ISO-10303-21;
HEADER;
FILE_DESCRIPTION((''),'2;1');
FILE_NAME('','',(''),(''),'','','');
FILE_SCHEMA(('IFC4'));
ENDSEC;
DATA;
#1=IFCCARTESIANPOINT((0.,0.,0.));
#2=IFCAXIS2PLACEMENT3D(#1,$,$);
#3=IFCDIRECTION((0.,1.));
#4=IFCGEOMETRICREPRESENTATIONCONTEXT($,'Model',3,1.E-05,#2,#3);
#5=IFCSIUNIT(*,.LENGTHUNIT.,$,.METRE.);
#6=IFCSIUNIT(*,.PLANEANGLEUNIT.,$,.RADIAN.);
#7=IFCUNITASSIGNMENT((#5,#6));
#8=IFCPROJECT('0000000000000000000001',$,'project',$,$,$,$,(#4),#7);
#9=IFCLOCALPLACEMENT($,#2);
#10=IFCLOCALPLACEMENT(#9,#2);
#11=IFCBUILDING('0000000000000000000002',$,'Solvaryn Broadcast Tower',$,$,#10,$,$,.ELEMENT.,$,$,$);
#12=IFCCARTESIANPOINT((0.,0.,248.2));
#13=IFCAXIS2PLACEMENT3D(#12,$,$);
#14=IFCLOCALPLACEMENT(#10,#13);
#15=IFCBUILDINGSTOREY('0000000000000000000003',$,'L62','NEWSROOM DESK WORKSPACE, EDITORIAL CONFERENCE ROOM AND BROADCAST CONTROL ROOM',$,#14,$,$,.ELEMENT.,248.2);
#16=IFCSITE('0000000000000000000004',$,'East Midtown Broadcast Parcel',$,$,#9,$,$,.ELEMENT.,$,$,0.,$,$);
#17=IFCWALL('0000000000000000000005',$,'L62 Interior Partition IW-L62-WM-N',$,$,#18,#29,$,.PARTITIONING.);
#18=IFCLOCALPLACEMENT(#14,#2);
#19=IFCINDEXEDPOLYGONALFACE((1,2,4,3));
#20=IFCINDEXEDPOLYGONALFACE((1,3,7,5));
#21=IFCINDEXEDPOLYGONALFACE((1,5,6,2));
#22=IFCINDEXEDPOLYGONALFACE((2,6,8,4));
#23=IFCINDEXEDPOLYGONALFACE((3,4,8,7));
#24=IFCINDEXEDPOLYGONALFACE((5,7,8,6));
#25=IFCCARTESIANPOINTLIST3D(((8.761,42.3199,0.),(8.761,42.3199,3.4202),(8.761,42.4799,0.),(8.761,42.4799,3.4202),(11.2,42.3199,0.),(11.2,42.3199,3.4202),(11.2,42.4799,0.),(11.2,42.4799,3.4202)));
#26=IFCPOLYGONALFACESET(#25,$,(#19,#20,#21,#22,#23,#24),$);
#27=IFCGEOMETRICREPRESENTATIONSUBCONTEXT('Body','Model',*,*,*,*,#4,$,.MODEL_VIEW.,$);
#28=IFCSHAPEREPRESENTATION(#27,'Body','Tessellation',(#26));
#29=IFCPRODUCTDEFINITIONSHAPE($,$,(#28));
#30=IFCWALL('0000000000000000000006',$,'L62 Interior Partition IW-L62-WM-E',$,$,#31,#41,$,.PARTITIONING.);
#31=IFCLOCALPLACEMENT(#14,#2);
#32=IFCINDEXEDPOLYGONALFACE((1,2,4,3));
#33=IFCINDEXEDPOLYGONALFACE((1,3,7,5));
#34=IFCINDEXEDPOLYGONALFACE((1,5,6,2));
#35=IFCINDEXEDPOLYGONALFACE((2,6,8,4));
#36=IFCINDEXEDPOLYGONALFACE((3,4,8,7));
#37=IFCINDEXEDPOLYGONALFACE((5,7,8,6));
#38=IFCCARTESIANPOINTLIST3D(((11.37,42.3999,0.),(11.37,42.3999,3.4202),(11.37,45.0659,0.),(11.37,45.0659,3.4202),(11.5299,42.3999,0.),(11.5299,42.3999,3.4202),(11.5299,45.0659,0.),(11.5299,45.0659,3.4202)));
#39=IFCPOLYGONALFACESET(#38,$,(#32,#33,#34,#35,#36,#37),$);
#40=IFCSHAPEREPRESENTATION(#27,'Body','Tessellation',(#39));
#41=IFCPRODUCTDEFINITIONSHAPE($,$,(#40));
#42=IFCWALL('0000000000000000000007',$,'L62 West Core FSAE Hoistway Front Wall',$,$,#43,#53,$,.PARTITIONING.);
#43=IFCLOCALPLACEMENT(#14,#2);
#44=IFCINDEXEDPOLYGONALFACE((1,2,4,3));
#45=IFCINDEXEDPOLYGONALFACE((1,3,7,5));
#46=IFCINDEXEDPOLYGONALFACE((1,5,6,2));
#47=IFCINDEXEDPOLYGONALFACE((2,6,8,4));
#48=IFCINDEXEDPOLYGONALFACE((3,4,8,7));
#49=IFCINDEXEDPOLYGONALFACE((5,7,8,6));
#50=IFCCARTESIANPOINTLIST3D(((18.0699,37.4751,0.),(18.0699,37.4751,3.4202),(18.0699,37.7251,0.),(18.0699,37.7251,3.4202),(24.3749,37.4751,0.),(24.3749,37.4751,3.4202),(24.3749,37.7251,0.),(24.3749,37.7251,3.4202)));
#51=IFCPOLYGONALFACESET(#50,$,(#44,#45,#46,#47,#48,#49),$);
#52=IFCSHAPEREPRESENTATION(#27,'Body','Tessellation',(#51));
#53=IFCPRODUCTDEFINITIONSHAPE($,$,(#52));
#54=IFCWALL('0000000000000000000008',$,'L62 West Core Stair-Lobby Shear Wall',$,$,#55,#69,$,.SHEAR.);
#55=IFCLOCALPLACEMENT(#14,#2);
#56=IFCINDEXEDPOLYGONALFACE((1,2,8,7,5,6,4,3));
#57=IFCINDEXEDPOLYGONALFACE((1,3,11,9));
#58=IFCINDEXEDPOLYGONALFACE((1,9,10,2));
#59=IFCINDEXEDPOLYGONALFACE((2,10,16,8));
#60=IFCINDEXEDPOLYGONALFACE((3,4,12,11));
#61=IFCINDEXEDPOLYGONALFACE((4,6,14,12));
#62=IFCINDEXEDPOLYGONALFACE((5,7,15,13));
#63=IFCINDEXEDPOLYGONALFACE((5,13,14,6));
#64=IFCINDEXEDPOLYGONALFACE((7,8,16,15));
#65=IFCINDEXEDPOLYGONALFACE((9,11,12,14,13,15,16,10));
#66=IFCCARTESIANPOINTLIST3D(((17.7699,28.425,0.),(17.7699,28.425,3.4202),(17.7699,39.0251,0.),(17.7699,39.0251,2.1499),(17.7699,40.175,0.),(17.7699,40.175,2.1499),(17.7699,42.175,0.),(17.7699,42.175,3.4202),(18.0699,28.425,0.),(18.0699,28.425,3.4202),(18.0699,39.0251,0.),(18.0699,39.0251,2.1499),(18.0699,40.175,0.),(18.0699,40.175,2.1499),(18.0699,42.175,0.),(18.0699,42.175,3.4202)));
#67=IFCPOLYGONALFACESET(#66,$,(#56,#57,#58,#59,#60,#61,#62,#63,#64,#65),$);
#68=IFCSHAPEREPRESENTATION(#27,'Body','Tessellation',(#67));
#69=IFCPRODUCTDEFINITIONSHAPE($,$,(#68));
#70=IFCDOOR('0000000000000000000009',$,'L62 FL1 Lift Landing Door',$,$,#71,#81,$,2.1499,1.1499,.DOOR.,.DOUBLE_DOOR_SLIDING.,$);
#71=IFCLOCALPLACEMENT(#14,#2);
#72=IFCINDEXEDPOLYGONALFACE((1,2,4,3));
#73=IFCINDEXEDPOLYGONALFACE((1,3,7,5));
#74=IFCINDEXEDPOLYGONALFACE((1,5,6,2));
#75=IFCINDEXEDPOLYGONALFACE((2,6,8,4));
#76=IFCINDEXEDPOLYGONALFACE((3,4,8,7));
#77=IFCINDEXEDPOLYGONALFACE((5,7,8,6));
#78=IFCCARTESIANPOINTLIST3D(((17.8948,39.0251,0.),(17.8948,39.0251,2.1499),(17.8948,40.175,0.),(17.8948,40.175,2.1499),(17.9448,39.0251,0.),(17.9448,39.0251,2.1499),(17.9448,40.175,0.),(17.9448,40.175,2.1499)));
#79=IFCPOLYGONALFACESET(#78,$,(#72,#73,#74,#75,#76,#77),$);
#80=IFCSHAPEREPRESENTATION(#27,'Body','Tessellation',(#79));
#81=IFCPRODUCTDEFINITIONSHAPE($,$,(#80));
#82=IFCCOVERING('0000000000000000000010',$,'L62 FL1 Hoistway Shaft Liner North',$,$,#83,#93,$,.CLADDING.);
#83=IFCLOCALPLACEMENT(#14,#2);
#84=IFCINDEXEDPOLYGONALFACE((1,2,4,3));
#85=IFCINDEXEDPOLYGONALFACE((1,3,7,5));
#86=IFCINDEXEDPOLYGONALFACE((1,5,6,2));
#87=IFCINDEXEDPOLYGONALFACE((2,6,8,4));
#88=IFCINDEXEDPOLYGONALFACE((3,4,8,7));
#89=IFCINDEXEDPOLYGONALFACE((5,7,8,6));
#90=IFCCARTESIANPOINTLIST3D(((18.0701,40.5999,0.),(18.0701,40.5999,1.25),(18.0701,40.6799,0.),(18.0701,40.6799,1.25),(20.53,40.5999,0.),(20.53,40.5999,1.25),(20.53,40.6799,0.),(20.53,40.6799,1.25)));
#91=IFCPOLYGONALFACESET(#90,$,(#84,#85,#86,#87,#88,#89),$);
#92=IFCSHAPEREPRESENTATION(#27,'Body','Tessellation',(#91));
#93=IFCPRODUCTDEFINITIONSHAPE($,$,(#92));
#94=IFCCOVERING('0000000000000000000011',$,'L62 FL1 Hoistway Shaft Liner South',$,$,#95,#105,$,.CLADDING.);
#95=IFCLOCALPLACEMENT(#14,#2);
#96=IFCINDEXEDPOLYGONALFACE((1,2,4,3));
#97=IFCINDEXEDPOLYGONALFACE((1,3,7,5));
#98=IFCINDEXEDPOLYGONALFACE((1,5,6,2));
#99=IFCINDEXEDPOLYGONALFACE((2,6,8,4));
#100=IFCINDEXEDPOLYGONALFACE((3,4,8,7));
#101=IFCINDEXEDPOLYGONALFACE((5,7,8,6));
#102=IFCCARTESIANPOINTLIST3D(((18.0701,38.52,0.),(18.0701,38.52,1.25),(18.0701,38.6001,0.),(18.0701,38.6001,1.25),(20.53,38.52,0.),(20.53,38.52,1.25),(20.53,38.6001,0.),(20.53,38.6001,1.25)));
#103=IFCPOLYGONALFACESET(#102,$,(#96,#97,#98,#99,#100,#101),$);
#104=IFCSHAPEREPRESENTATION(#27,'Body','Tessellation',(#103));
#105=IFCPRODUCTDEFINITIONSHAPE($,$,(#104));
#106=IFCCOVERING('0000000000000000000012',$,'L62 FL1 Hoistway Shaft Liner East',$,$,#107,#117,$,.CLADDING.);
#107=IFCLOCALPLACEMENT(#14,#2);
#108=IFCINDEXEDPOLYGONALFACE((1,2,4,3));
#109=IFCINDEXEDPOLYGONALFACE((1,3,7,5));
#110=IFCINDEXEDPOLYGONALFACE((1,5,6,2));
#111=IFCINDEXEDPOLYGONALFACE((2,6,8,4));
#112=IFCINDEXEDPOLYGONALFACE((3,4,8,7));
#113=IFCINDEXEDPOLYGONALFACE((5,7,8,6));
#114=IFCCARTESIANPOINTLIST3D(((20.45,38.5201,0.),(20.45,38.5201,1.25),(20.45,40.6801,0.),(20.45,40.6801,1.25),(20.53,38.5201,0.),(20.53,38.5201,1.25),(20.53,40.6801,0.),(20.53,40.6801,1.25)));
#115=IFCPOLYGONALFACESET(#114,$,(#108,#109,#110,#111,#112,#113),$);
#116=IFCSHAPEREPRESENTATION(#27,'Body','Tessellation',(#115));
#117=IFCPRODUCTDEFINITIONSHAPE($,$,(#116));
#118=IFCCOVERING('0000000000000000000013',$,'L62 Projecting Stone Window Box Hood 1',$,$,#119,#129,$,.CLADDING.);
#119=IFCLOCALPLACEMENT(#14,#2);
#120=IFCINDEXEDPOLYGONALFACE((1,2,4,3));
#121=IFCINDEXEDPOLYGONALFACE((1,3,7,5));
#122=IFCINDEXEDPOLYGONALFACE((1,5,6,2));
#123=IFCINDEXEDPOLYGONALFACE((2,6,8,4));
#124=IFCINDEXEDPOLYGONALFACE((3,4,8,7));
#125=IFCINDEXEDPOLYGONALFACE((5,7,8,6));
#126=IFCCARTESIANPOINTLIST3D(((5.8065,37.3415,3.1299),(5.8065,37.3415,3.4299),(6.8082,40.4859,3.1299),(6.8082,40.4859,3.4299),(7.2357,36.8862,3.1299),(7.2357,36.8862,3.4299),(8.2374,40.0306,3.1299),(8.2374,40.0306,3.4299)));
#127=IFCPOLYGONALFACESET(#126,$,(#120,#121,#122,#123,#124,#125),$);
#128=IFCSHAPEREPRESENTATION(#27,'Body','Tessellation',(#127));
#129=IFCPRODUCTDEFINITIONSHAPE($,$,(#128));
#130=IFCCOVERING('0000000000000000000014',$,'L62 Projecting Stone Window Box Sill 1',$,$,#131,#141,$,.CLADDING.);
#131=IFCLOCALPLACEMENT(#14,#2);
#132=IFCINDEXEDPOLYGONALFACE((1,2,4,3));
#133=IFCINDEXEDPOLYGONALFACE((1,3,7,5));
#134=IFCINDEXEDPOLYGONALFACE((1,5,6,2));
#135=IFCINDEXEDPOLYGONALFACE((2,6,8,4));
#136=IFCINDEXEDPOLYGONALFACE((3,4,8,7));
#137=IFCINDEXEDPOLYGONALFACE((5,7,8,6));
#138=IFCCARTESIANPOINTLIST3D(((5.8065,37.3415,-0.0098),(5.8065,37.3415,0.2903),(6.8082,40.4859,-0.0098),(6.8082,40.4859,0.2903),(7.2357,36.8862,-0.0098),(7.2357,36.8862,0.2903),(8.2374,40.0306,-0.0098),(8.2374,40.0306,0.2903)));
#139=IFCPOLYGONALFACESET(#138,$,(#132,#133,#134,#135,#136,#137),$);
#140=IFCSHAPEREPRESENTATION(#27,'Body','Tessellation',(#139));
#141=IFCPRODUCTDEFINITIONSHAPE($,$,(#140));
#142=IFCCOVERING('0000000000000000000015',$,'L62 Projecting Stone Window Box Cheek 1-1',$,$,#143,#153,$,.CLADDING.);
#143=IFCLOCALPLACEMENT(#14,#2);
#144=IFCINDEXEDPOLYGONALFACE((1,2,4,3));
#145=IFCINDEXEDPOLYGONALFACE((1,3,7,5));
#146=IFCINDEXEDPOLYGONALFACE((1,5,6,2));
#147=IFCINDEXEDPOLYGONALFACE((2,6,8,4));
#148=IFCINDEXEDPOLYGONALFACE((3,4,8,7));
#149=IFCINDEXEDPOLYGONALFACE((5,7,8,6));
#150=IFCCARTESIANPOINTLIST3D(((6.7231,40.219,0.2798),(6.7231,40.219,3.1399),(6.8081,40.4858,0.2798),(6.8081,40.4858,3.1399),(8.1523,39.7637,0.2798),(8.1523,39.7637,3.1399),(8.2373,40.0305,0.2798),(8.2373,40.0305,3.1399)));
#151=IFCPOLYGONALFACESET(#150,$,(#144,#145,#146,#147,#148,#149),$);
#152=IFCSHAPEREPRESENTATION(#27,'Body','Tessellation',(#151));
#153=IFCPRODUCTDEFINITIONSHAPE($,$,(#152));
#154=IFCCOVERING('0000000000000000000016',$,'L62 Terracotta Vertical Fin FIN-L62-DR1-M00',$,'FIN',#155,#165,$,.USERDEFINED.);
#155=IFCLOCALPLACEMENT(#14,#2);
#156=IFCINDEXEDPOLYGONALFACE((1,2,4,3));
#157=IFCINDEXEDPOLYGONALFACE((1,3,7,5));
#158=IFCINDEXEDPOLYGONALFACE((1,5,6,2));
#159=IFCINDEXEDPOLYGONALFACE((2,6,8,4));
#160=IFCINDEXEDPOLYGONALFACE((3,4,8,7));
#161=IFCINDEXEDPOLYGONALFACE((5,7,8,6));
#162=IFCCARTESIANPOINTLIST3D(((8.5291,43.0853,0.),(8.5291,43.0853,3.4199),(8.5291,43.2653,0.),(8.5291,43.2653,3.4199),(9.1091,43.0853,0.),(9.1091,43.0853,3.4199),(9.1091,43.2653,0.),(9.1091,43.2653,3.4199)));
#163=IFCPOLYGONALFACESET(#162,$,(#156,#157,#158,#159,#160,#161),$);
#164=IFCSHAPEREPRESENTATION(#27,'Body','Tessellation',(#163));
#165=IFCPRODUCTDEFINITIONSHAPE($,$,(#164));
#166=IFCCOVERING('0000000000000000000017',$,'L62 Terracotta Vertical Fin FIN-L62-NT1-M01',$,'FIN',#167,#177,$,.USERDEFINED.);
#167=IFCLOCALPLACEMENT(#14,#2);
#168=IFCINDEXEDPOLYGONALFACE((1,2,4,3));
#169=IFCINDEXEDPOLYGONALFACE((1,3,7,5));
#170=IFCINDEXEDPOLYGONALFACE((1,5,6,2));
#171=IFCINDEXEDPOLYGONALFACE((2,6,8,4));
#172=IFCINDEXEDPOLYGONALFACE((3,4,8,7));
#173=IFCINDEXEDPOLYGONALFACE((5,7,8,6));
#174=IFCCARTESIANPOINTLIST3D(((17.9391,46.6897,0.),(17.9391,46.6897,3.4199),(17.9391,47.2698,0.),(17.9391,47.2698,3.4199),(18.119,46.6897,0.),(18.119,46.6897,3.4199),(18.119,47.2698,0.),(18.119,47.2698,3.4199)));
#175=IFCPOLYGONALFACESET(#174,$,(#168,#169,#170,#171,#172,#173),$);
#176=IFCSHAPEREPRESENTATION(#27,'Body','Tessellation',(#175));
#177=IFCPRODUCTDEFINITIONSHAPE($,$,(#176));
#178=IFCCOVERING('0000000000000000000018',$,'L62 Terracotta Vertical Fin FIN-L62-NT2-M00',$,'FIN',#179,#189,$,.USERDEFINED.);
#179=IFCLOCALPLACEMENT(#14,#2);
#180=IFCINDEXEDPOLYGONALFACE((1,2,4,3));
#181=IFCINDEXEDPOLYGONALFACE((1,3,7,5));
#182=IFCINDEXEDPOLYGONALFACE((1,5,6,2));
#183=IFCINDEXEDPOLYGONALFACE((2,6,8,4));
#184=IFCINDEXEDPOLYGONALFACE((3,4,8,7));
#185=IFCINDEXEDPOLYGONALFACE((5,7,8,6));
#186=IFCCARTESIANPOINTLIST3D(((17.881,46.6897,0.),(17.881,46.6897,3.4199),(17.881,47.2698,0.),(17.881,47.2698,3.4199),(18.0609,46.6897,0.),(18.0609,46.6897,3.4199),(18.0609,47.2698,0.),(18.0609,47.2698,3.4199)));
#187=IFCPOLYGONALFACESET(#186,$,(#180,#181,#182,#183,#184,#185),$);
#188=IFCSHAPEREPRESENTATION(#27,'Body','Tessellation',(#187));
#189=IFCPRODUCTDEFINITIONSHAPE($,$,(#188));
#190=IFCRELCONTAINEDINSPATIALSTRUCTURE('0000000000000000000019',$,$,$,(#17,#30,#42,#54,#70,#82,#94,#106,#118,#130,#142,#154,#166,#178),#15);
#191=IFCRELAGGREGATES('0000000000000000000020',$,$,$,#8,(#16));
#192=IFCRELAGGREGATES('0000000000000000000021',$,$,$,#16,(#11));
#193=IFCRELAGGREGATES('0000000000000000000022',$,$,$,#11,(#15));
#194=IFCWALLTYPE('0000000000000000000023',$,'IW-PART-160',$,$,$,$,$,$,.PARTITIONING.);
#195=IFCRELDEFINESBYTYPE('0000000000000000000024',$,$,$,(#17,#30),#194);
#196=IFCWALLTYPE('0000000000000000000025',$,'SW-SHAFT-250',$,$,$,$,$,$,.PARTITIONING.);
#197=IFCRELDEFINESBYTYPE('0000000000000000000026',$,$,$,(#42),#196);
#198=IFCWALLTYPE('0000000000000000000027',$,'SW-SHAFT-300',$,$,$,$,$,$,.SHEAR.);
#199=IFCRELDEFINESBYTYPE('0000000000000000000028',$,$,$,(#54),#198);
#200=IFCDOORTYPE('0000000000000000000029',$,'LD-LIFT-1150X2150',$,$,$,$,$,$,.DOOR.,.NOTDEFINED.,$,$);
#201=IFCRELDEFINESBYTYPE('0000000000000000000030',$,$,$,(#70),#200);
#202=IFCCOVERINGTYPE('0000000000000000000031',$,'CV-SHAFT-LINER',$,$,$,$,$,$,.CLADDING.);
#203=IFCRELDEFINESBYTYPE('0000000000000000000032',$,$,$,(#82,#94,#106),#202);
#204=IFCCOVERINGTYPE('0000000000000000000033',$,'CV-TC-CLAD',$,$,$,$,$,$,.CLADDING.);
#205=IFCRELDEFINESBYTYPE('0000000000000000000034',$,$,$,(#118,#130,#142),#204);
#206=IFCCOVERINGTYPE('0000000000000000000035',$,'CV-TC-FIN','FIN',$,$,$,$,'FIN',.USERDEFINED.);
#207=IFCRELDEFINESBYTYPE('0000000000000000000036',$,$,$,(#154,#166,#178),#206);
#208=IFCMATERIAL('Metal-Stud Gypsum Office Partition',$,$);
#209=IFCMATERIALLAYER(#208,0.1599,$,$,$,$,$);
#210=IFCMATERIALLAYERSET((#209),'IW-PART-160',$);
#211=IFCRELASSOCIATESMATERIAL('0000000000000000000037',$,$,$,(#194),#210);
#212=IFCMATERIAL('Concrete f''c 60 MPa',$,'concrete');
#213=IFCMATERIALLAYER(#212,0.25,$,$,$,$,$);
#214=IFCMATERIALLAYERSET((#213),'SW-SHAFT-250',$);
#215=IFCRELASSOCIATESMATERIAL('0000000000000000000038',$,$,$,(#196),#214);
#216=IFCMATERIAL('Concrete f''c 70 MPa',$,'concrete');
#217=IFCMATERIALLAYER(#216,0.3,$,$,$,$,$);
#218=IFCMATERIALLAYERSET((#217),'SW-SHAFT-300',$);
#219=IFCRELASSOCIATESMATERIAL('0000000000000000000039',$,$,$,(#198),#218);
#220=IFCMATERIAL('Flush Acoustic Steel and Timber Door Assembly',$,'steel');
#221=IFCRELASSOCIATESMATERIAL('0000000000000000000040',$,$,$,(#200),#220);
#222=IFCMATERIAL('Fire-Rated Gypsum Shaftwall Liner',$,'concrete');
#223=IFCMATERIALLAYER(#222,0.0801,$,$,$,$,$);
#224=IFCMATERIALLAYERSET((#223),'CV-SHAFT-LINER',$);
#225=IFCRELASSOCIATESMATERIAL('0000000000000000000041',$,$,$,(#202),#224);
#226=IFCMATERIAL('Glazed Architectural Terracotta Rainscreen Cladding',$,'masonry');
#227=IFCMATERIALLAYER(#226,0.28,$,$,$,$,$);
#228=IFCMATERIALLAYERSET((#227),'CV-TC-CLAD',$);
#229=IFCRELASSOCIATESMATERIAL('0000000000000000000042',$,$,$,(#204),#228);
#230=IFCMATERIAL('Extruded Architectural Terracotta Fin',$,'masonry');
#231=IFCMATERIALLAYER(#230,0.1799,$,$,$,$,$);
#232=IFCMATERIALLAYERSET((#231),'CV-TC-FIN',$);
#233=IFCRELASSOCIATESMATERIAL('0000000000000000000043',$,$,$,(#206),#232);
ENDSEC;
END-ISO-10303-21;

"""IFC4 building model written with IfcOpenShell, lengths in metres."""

from ifc_helpers import new_model, si_unit, direction, frame, frame_2d, origin, origin_2d, place, context, subcontext, project, spatial, rectangle, extrude, material, layer, layer_set, type_object, element, fill, save


model = new_model("IFC4")

# Units and contexts
model_context = context("Model", 3, precision=1e-05, world=origin(), true_north=direction((0.0, 1.0)))
body_context = subcontext(model_context, "Body", "Model", "MODEL_VIEW")
ifc_project = project(units=[si_unit("LENGTHUNIT", "METRE"), si_unit("PLANEANGLEUNIT", "RADIAN")], contexts=[model_context])

# Site, building, storey
site_placement = place(None, origin())
site = spatial("IfcSite", under=ifc_project, at=site_placement, Name="East Midtown Broadcast Parcel", CompositionType="ELEMENT", RefElevation=0.0)
building_placement = place(site_placement, origin())
building = spatial("IfcBuilding", under=site, at=building_placement, Name="Solvaryn Broadcast Tower", CompositionType="ELEMENT")
storey_placement = place(building_placement, frame((0.0, 0.0, 248.2)))
storey = spatial("IfcBuildingStorey", under=building, at=storey_placement, Name="L62", Description="NEWSROOM DESK WORKSPACE, EDITORIAL CONFERENCE ROOM AND BROADCAST CONTROL ROOM", CompositionType="ELEMENT", Elevation=248.2)

# Walls
ifc_material_1 = material(Name="Metal-Stud Gypsum Office Partition")
ifc_layer_1 = layer(ifc_material_1, 0.1599)
ifc_layer_set_1 = layer_set([ifc_layer_1], Name="IW-PART-160")
wall_type_1 = type_object("IfcWallType", Name="IW-PART-160", PredefinedType="PARTITIONING", material=ifc_layer_set_1)
wall_1_placement = place(storey_placement, frame((8.761, 42.3999, 0.0), z_axis=(0.0, 0.0, 1.0), x_axis=(1.0, 0.0, 0.0)))
element("IfcWall", 1, at=wall_1_placement, inside=storey, type_object=wall_type_1, Name="L62 Interior Partition IW-L62-WM-N", PredefinedType="PARTITIONING", context=body_context, shape_type="SweptSolid", body=[
    extrude(rectangle(XDim=2.439, YDim=0.1599, at=frame_2d((1.2195, 0.0))), origin(), (0.0, 0.0, 1.0), 3.4202),
])
wall_2_placement = place(storey_placement, frame((11.45, 42.3999, 0.0), z_axis=(0.0, 0.0, 1.0), x_axis=(0.0, 1.0, 0.0)))
element("IfcWall", 2, at=wall_2_placement, inside=storey, type_object=wall_type_1, Name="L62 Interior Partition IW-L62-WM-E", PredefinedType="PARTITIONING", context=body_context, shape_type="SweptSolid", body=[
    extrude(rectangle(XDim=2.666, YDim=0.1599, at=frame_2d((1.333, 0.0))), origin(), (0.0, 0.0, 1.0), 3.4202),
])
ifc_material_2 = material(Name="Concrete f'c 60 MPa", Category="concrete")
ifc_layer_2 = layer(ifc_material_2, 0.25)
ifc_layer_set_2 = layer_set([ifc_layer_2], Name="SW-SHAFT-250")
wall_type_2 = type_object("IfcWallType", Name="SW-SHAFT-250", PredefinedType="PARTITIONING", material=ifc_layer_set_2)
wall_3_placement = place(storey_placement, frame((18.0701, 37.6001, 0.0), z_axis=(0.0, 0.0, 1.0), x_axis=(1.0, 0.0, 0.0)))
element("IfcWall", 3, at=wall_3_placement, inside=storey, type_object=wall_type_2, Name="L62 West Core FSAE Hoistway Front Wall", PredefinedType="PARTITIONING", context=body_context, shape_type="SweptSolid", body=[
    extrude(rectangle(XDim=6.3049, YDim=0.25, at=frame_2d((3.1523, 0.0))), origin(), (0.0, 0.0, 1.0), 3.4202),
])

# Wall, opening, door
ifc_material_3 = material(Name="Concrete f'c 70 MPa", Category="concrete")
ifc_layer_3 = layer(ifc_material_3, 0.3)
ifc_layer_set_3 = layer_set([ifc_layer_3], Name="SW-SHAFT-300")
wall_type_3 = type_object("IfcWallType", Name="SW-SHAFT-300", PredefinedType="SHEAR", material=ifc_layer_set_3)
wall_4_placement = place(storey_placement, frame((17.9199, 42.175, 0.0), z_axis=(0.0, 0.0, 1.0), x_axis=(0.0, -1.0, 0.0)))
wall_4 = element("IfcWall", 4, at=wall_4_placement, inside=storey, type_object=wall_type_3, Name="L62 West Core Stair-Lobby Shear Wall", PredefinedType="SHEAR", context=body_context, shape_type="SweptSolid", body=[
    extrude(rectangle(XDim=13.75, YDim=0.3, at=frame_2d((6.875, 0.0))), origin(), (0.0, 0.0, 1.0), 3.4202),
])
opening_placement = place(wall_4_placement, frame((2.0, 0.0, 0.0)))
opening = element("IfcOpeningElement", 5, at=opening_placement, cuts=wall_4, PredefinedType="OPENING", context=body_context, shape_type="SweptSolid", body=[
    extrude(rectangle(XDim=1.1499, YDim=2.1499, at=frame_2d((0.575, 1.075))), frame((0.0, 0.1599, 0.0), z_axis=(0.0, -1.0, 0.0), x_axis=(1.0, 0.0, 0.0)), (0.0, 0.0, 1.0), 0.3201),
])
ifc_material_4 = material(Name="Flush Acoustic Steel and Timber Door Assembly", Category="steel")
door_type = type_object("IfcDoorType", Name="LD-LIFT-1150X2150", OperationType="NOTDEFINED", PredefinedType="DOOR", material=ifc_material_4)
door_placement = place(opening_placement, origin())
door = element("IfcDoor", 6, at=door_placement, inside=storey, type_object=door_type, Name="L62 FL1 Lift Landing Door", OperationType="DOUBLE_DOOR_SLIDING", OverallHeight=2.1499, OverallWidth=1.1499, PredefinedType="DOOR", context=body_context, shape_type="SweptSolid", body=[
    extrude(rectangle(XDim=1.1499, YDim=2.1499, at=frame_2d((0.575, 1.075))), frame((0.0, 0.0249, 0.0), z_axis=(0.0, -1.0, 0.0), x_axis=(1.0, 0.0, 0.0)), (0.0, 0.0, 1.0), 0.05),
])
fill(opening, door)

# Coverings
ifc_material_5 = material(Name="Fire-Rated Gypsum Shaftwall Liner", Category="concrete")
ifc_layer_4 = layer(ifc_material_5, 0.0801)
ifc_layer_set_4 = layer_set([ifc_layer_4], Name="CV-SHAFT-LINER")
covering_type_1 = type_object("IfcCoveringType", Name="CV-SHAFT-LINER", PredefinedType="CLADDING", material=ifc_layer_set_4)
for number, where, z_axis, x_axis, name in (
    (7, (19.3, 40.6399, 0.0), (0.0, 0.0, 1.0), (1.0, 0.0, 0.0), "L62 FL1 Hoistway Shaft Liner North"),
    (8, (19.3, 38.5601, 0.0), (0.0, 0.0, 1.0), (1.0, 0.0, 0.0), "L62 FL1 Hoistway Shaft Liner South"),
):
    element("IfcCovering", number, at=place(storey_placement, frame(where, z_axis=z_axis, x_axis=x_axis)), inside=storey, type_object=covering_type_1, Name=name, PredefinedType="CLADDING", context=body_context, shape_type="SweptSolid", body=[
        extrude(rectangle(XDim=2.46, YDim=0.0801, at=origin_2d()), origin(), (0.0, 0.0, 1.0), 1.25),
    ])
covering_1_placement = place(storey_placement, frame((20.49, 39.6001, 0.0), z_axis=(0.0, 0.0, 1.0), x_axis=(1.0, 0.0, 0.0)))
element("IfcCovering", 9, at=covering_1_placement, inside=storey, type_object=covering_type_1, Name="L62 FL1 Hoistway Shaft Liner East", PredefinedType="CLADDING", context=body_context, shape_type="SweptSolid", body=[
    extrude(rectangle(XDim=0.0801, YDim=2.1599, at=origin_2d()), origin(), (0.0, 0.0, 1.0), 1.25),
])
ifc_material_6 = material(Name="Glazed Architectural Terracotta Rainscreen Cladding", Category="masonry")
ifc_layer_5 = layer(ifc_material_6, 0.28)
ifc_layer_set_5 = layer_set([ifc_layer_5], Name="CV-TC-CLAD")
covering_type_2 = type_object("IfcCoveringType", Name="CV-TC-CLAD", PredefinedType="CLADDING", material=ifc_layer_set_5)
for number, where, z_axis, x_axis, name in (
    (10, (7.022, 38.686, 3.1299), (0.0, 0.0, 1.0), (-0.303534, -0.952821, 0.0), "L62 Projecting Stone Window Box Hood 1"),
    (11, (7.022, 38.686, -0.0098), (0.0, 0.0, 1.0), (-0.303534, -0.952821, 0.0), "L62 Projecting Stone Window Box Sill 1"),
):
    element("IfcCovering", number, at=place(storey_placement, frame(where, z_axis=z_axis, x_axis=x_axis)), inside=storey, type_object=covering_type_2, Name=name, PredefinedType="CLADDING", context=body_context, shape_type="SweptSolid", body=[
        extrude(rectangle(XDim=3.3, YDim=1.5, at=origin_2d()), origin(), (0.0, 0.0, 1.0), 0.3),
    ])
covering_2_placement = place(storey_placement, frame((7.4802, 40.1248, 0.2798), z_axis=(0.0, 0.0, 1.0), x_axis=(-0.303534, -0.952821, 0.0)))
element("IfcCovering", 12, at=covering_2_placement, inside=storey, type_object=covering_type_2, Name="L62 Projecting Stone Window Box Cheek 1-1", PredefinedType="CLADDING", context=body_context, shape_type="SweptSolid", body=[
    extrude(rectangle(XDim=0.28, YDim=1.5, at=origin_2d()), origin(), (0.0, 0.0, 1.0), 2.8601),
])
ifc_material_7 = material(Name="Extruded Architectural Terracotta Fin", Category="masonry")
ifc_layer_6 = layer(ifc_material_7, 0.1799)
ifc_layer_set_6 = layer_set([ifc_layer_6], Name="CV-TC-FIN")
covering_type_3 = type_object("IfcCoveringType", Name="CV-TC-FIN", Description="FIN", ElementType="FIN", PredefinedType="USERDEFINED", material=ifc_layer_set_6)
covering_3_placement = place(storey_placement, frame((8.8191, 43.1753, 0.0), z_axis=(0.0, 0.0, 1.0), x_axis=(1.0, 0.0, 0.0)))
element("IfcCovering", 13, at=covering_3_placement, inside=storey, type_object=covering_type_3, Name="L62 Terracotta Vertical Fin FIN-L62-DR1-M00", ObjectType="FIN", PredefinedType="USERDEFINED", context=body_context, shape_type="SweptSolid", body=[
    extrude(rectangle(XDim=0.5801, YDim=0.1799, at=origin_2d()), origin(), (0.0, 0.0, 1.0), 3.4199),
])
for number, where, z_axis, x_axis, name in (
    (14, (18.0291, 46.9797, 0.0), (0.0, 0.0, 1.0), (1.0, 0.0, 0.0), "L62 Terracotta Vertical Fin FIN-L62-NT1-M01"),
    (15, (17.9709, 46.9797, 0.0), (0.0, 0.0, 1.0), (1.0, 0.0, 0.0), "L62 Terracotta Vertical Fin FIN-L62-NT2-M00"),
):
    element("IfcCovering", number, at=place(storey_placement, frame(where, z_axis=z_axis, x_axis=x_axis)), inside=storey, type_object=covering_type_3, Name=name, ObjectType="FIN", PredefinedType="USERDEFINED", context=body_context, shape_type="SweptSolid", body=[
        extrude(rectangle(XDim=0.1799, YDim=0.5801, at=origin_2d()), origin(), (0.0, 0.0, 1.0), 3.4199),
    ])

save(model, "model.ifc")
